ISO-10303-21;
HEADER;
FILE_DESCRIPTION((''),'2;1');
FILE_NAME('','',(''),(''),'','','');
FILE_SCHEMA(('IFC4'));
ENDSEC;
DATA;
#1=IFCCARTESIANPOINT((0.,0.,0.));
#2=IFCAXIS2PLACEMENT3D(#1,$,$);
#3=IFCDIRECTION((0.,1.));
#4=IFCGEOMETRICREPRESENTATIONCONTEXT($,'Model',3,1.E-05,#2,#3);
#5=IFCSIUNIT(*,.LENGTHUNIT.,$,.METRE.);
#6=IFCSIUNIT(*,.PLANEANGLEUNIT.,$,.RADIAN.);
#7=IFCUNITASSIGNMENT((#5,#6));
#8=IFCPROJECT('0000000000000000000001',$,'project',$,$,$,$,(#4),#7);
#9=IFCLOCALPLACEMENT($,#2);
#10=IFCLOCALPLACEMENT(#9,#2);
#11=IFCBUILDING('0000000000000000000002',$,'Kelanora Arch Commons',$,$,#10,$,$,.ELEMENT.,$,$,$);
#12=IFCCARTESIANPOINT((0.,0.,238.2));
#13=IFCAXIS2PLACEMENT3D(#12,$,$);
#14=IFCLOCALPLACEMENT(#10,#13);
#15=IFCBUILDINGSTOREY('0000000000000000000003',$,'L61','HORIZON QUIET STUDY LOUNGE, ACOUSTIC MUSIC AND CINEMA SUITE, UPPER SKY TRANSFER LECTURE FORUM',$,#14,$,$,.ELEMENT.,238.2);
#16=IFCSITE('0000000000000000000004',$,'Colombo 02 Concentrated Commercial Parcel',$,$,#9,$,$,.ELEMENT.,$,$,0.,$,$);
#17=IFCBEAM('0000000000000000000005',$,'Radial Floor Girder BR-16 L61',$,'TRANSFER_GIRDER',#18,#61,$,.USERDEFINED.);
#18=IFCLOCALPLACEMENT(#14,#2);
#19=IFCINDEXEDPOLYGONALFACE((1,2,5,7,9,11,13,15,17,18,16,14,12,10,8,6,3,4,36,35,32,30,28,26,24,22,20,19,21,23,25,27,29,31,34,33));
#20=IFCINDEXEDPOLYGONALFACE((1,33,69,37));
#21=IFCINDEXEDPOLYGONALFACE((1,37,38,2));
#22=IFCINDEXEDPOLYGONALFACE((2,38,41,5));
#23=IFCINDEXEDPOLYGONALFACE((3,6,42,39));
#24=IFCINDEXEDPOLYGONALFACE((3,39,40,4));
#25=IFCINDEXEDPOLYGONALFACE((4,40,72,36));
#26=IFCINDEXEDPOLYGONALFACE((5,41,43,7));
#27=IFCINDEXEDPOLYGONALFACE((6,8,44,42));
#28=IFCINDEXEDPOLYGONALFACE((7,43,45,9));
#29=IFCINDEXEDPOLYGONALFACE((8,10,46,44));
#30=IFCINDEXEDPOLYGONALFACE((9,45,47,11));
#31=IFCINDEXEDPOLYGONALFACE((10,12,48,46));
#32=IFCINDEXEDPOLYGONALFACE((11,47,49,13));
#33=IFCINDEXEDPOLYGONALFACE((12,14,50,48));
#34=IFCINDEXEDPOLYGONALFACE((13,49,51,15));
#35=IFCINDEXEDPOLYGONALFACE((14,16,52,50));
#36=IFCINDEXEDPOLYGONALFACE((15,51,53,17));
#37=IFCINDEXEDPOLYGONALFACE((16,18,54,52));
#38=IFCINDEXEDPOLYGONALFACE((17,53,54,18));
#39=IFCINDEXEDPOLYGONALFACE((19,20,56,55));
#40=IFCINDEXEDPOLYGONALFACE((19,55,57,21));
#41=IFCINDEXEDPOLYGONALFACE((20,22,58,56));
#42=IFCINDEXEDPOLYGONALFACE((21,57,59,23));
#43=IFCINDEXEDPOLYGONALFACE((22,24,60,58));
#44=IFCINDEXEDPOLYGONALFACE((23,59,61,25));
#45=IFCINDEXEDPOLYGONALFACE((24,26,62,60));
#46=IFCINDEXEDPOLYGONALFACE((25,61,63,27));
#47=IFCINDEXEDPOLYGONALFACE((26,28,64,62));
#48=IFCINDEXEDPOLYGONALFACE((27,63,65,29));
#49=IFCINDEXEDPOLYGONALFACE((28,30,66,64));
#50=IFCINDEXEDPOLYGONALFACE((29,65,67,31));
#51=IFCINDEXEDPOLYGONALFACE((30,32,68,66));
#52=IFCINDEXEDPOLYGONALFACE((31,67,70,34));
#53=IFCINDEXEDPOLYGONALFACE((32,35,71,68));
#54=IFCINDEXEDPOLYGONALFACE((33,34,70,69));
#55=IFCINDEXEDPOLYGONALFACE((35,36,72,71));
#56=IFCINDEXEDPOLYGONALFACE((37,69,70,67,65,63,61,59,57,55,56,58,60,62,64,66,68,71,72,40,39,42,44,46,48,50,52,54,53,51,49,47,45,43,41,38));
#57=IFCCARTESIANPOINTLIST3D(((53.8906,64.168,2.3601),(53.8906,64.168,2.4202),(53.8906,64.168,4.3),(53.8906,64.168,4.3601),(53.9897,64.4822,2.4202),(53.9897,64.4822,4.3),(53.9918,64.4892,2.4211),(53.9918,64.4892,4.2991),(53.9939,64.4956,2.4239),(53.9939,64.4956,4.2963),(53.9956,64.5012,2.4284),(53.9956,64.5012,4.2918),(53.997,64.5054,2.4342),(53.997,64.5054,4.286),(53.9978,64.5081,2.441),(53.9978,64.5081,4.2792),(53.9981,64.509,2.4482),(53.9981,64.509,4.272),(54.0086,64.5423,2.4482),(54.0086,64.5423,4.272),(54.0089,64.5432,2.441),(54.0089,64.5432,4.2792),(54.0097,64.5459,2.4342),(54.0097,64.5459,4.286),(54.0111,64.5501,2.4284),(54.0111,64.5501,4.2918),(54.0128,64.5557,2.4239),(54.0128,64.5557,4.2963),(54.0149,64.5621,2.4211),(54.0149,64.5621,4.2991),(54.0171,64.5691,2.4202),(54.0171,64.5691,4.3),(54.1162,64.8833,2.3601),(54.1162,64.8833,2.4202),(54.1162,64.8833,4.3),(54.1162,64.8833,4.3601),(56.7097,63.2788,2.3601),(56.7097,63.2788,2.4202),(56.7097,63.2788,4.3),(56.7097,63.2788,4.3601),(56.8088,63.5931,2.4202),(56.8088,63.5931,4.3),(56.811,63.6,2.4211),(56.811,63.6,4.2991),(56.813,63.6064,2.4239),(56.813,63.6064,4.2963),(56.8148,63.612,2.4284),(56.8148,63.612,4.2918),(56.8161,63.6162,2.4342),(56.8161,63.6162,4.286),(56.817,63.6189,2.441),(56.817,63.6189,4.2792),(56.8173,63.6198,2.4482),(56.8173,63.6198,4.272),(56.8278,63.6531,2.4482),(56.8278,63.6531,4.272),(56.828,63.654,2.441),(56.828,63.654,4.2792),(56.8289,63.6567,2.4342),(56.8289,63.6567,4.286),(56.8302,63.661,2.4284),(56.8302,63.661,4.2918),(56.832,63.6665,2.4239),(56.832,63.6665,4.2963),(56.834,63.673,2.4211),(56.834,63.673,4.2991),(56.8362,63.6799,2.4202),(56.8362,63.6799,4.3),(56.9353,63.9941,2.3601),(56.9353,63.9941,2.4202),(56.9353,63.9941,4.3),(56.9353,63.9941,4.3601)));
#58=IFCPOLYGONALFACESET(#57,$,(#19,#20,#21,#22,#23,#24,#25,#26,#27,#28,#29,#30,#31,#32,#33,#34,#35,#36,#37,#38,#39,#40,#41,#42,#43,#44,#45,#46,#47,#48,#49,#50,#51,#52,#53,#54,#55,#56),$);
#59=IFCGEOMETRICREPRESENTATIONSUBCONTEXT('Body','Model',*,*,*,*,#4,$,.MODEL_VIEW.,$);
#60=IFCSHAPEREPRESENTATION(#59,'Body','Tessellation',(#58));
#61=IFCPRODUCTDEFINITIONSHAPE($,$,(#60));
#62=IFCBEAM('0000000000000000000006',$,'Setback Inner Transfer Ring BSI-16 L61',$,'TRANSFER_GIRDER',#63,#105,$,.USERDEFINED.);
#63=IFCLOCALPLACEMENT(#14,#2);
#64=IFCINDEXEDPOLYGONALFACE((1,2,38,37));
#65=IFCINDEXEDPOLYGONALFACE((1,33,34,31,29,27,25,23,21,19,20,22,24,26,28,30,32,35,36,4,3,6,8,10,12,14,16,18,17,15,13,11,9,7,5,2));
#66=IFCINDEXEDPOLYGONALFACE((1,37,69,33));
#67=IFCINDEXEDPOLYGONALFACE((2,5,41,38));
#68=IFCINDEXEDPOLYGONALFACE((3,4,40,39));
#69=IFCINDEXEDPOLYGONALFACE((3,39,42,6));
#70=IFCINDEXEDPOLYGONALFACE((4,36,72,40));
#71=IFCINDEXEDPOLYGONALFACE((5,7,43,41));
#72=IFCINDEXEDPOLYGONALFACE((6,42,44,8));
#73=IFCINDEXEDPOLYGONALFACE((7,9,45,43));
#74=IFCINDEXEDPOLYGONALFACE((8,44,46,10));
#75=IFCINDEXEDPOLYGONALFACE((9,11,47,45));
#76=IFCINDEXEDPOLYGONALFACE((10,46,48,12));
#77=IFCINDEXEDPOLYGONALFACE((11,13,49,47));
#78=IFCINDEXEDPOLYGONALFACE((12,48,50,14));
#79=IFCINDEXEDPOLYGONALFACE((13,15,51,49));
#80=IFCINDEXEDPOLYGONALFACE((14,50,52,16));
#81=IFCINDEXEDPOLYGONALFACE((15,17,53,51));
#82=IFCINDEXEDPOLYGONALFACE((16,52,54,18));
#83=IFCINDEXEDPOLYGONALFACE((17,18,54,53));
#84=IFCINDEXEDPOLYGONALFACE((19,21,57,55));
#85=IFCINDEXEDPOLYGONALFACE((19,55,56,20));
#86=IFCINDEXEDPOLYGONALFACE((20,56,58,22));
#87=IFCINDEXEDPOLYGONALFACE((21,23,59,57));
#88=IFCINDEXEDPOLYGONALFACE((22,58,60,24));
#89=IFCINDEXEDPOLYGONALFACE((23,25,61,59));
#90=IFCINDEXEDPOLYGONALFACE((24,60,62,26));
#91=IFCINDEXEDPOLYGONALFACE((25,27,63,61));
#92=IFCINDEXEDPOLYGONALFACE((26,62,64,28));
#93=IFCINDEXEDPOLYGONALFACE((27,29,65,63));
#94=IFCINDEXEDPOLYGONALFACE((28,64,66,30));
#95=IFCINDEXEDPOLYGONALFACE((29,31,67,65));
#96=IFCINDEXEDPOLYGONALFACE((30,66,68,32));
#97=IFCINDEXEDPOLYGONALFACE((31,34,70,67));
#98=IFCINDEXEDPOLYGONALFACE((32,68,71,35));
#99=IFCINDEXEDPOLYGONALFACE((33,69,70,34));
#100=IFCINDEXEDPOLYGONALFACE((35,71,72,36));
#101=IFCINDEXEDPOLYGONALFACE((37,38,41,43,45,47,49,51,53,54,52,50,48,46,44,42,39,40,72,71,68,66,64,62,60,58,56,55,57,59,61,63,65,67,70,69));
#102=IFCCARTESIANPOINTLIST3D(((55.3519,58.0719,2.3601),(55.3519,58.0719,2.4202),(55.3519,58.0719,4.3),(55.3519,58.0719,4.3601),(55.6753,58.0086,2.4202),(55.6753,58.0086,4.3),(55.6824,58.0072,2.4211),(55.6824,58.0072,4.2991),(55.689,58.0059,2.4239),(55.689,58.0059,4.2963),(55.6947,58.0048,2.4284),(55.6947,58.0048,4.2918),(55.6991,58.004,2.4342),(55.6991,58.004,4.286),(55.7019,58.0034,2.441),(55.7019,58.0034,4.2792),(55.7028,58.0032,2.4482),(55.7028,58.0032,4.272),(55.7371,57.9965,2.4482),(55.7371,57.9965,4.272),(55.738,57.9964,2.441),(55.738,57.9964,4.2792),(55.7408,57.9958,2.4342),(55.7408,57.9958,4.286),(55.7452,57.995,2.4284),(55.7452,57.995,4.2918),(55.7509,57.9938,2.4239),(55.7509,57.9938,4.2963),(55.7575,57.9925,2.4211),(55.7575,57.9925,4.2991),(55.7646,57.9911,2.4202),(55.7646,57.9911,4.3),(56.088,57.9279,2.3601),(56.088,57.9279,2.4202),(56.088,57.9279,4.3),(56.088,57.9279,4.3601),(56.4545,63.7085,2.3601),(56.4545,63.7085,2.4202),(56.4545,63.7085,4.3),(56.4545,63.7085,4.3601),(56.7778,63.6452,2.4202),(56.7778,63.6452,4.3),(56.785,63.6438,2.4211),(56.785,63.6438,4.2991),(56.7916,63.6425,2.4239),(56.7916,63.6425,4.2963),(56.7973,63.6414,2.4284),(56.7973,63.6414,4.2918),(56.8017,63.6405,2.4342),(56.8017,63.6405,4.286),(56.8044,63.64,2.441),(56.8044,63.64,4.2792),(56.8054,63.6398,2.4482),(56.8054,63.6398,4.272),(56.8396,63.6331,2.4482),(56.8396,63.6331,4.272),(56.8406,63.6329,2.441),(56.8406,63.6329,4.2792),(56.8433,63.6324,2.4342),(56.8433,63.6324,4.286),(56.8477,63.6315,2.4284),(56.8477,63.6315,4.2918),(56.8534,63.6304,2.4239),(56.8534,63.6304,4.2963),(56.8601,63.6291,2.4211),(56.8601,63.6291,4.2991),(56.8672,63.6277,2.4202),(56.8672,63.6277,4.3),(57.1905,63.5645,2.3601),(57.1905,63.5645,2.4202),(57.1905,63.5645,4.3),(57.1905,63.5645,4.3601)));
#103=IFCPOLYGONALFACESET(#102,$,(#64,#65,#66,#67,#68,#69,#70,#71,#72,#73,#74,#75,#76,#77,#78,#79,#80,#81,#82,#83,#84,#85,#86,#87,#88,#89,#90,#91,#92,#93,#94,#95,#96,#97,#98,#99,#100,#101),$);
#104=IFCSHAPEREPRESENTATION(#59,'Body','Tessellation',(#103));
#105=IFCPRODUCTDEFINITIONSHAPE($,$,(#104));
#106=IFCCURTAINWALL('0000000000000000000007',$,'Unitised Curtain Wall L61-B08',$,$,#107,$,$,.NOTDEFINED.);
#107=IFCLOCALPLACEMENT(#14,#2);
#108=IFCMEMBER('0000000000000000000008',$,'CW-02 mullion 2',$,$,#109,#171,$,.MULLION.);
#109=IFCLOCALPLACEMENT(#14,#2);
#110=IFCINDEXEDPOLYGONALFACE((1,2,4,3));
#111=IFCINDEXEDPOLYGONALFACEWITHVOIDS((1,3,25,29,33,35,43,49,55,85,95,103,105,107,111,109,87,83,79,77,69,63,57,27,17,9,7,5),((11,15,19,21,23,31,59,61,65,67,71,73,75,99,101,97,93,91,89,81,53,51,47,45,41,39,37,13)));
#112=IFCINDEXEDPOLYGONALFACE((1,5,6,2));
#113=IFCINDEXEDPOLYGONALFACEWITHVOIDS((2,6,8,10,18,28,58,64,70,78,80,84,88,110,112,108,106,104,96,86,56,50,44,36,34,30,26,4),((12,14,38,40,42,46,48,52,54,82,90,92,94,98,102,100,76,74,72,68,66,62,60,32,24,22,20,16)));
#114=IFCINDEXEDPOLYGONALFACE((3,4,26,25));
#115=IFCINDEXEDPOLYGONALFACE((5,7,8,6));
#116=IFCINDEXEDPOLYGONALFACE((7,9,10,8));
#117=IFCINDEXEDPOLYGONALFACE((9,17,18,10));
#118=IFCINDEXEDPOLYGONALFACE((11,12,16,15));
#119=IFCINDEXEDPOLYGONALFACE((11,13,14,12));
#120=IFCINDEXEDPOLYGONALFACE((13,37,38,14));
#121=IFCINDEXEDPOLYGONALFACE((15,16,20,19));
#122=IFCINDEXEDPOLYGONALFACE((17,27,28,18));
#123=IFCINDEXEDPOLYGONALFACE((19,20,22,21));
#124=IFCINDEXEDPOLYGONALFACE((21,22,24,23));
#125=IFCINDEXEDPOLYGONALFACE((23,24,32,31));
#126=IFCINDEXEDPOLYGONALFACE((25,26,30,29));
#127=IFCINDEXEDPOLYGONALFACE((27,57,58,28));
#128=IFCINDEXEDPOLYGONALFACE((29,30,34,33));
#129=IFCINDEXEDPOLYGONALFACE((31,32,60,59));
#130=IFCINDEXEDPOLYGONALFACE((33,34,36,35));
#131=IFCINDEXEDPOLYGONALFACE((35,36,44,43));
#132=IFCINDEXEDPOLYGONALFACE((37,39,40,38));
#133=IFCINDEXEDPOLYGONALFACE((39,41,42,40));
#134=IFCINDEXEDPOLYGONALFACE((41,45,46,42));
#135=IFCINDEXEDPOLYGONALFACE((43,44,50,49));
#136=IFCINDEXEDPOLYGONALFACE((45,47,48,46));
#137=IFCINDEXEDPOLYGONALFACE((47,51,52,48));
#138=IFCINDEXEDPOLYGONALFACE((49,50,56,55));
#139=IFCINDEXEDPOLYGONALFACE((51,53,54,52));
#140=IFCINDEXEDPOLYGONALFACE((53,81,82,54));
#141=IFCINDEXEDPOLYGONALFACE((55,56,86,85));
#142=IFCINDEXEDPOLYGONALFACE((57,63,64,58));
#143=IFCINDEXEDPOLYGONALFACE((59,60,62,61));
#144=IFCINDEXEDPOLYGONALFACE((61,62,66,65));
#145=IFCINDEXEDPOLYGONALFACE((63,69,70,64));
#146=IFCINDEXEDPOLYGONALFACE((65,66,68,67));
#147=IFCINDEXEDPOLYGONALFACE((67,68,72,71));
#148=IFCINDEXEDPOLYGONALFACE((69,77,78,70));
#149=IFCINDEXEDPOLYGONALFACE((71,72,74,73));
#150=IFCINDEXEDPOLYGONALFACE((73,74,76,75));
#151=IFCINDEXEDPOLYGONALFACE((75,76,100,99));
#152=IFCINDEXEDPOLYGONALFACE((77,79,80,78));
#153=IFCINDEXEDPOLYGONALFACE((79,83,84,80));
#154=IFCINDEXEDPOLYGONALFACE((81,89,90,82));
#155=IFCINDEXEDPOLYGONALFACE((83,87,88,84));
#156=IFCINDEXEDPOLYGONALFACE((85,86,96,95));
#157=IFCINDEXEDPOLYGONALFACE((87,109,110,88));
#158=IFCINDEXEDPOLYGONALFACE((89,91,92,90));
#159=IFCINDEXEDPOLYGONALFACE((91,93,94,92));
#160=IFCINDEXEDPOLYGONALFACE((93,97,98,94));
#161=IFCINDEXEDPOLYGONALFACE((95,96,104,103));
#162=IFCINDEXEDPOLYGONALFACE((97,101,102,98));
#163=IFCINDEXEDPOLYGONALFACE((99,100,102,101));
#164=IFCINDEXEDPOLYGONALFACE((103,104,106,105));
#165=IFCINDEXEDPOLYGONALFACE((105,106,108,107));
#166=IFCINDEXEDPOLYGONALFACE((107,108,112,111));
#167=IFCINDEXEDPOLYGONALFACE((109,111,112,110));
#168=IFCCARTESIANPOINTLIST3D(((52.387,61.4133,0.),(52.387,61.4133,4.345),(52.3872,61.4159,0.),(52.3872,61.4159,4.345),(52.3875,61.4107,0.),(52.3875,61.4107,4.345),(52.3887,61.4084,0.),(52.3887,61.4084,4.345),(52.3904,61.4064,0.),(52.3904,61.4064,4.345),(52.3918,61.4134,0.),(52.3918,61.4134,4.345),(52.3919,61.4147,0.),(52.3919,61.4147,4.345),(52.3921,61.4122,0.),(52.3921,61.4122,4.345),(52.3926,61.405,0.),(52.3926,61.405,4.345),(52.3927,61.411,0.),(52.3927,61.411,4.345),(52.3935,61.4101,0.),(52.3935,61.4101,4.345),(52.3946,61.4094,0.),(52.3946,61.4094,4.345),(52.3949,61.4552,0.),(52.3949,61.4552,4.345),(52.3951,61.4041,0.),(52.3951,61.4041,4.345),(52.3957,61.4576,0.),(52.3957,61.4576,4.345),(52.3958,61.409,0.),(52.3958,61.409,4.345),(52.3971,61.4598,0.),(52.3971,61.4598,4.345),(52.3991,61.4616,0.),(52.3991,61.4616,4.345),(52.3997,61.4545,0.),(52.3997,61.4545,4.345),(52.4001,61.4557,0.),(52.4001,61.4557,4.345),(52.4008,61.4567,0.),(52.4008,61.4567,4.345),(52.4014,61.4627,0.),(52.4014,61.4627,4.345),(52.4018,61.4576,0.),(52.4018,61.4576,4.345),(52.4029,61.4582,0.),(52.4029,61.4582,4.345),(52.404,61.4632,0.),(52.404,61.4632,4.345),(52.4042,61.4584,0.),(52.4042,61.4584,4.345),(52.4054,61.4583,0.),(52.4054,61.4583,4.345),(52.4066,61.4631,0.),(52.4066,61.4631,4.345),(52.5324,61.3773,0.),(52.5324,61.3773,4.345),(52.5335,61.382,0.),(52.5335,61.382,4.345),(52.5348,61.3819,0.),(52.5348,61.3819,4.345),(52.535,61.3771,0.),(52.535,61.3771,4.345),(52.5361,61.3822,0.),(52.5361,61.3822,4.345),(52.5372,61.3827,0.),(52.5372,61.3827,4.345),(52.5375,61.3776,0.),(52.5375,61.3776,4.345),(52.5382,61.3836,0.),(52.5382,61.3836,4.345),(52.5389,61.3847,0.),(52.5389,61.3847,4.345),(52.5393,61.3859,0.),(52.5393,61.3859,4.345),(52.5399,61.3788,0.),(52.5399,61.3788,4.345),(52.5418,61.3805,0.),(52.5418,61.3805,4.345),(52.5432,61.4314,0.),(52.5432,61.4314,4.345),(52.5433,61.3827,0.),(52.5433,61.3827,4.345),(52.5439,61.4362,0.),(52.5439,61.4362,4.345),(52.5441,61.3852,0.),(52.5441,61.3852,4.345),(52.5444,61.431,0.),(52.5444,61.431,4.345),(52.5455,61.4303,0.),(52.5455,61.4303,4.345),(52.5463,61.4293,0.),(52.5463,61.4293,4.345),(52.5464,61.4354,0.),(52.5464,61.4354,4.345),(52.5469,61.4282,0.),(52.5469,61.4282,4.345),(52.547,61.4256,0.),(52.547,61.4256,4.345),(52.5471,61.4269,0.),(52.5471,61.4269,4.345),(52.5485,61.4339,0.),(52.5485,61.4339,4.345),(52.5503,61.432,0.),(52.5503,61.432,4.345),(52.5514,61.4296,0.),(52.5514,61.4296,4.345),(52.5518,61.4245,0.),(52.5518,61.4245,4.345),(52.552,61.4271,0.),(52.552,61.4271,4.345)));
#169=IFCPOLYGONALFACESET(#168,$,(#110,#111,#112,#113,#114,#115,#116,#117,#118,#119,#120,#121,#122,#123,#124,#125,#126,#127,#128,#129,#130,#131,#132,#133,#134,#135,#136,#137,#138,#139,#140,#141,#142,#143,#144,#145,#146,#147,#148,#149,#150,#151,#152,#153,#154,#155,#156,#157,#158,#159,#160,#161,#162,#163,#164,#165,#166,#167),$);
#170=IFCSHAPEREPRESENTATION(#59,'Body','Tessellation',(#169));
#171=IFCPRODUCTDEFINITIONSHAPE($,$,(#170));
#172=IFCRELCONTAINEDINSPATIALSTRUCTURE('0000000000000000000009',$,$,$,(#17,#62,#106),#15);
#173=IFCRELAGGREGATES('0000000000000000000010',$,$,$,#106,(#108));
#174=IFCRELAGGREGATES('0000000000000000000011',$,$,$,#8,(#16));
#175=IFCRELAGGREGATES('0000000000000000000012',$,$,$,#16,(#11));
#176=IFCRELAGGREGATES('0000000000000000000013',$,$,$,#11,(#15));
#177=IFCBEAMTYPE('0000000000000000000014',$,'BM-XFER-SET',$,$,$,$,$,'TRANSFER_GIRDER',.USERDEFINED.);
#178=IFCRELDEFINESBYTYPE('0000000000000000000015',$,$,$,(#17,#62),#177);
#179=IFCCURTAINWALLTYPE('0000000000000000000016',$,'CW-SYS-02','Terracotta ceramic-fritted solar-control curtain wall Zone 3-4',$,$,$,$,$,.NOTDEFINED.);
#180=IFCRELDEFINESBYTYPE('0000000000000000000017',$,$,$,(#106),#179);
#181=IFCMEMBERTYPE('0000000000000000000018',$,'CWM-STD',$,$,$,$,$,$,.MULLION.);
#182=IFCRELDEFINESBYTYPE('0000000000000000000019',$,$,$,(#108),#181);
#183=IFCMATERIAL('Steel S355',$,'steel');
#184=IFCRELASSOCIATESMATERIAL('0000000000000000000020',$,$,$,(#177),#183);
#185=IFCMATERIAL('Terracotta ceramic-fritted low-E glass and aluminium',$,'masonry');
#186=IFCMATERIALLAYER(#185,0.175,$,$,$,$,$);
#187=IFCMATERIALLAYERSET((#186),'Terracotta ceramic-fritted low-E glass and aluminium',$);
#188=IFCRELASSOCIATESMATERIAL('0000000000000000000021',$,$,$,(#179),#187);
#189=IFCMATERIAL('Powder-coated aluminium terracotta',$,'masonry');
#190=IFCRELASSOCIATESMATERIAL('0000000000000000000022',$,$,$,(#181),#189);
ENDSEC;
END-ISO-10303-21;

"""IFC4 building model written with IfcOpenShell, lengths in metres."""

from ifc_helpers import new_model, si_unit, direction, frame, origin, origin_2d, place, context, subcontext, project, spatial, hollow_rectangle, i_section, extrude, material, layer, layer_set, material_profile, profile_set, type_object, element, aggregate, save


model = new_model("IFC4")

# Units and contexts
model_context = context("Model", 3, precision=1e-05, world=origin(), true_north=direction((0.0, 1.0)))
body_context = subcontext(model_context, "Body", "Model", "MODEL_VIEW")
ifc_project = project(units=[si_unit("LENGTHUNIT", "METRE"), si_unit("PLANEANGLEUNIT", "RADIAN")], contexts=[model_context])

# Site, building, storey
site_placement = place(None, origin())
site = spatial("IfcSite", under=ifc_project, at=site_placement, Name="Colombo 02 Concentrated Commercial Parcel", CompositionType="ELEMENT", RefElevation=0.0)
building_placement = place(site_placement, origin())
building = spatial("IfcBuilding", under=site, at=building_placement, Name="Kelanora Arch Commons", CompositionType="ELEMENT")
storey_placement = place(building_placement, frame((0.0, 0.0, 238.2)))
storey = spatial("IfcBuildingStorey", under=building, at=storey_placement, Name="L61", Description="HORIZON QUIET STUDY LOUNGE, ACOUSTIC MUSIC AND CINEMA SUITE, UPPER SKY TRANSFER LECTURE FORUM", CompositionType="ELEMENT", Elevation=238.2)

# Beams
ifc_material_1 = material(Name="Steel S355", Category="steel")
ifc_material_profile_1 = material_profile(ifc_material_1, i_section(OverallWidth=0.75, OverallDepth=2.0, WebThickness=0.0349, FlangeThickness=0.0601, FilletRadius=0.0281, at=origin_2d()), Name="PG2000x750")
ifc_profile_set_1 = profile_set([ifc_material_profile_1], Name="Steel S355")
beam_type_1 = type_object("IfcBeamType", Name="BM-XFER-SET", ElementType="TRANSFER_GIRDER", PredefinedType="USERDEFINED", material=ifc_profile_set_1)
beam_1_placement = place(storey_placement, frame((56.8225, 63.6365, 3.3601), z_axis=(-0.953687, 0.300799, 0.0), x_axis=(-0.300799, -0.953687, 0.0)))
element("IfcBeam", 1, at=beam_1_placement, inside=storey, type_object=beam_type_1, Name="Radial Floor Girder BR-16 L61", ObjectType="TRANSFER_GIRDER", PredefinedType="USERDEFINED", context=body_context, shape_type="SweptSolid", body=[
    extrude(i_section(OverallWidth=0.75, OverallDepth=2.0, WebThickness=0.0349, FlangeThickness=0.0601, FilletRadius=0.0281, at=origin_2d()), origin(), (0.0, 0.0, 1.0), 2.9561),
])
beam_2_placement = place(storey_placement, frame((56.8225, 63.6365, 3.3601), z_axis=(-0.19197, -0.981401, 0.0), x_axis=(0.981401, -0.19197, 0.0)))
element("IfcBeam", 2, at=beam_2_placement, inside=storey, type_object=beam_type_1, Name="Setback Inner Transfer Ring BSI-16 L61", ObjectType="TRANSFER_GIRDER", PredefinedType="USERDEFINED", context=body_context, shape_type="SweptSolid", body=[
    extrude(i_section(OverallWidth=0.75, OverallDepth=2.0, WebThickness=0.0349, FlangeThickness=0.0601, FilletRadius=0.0281, at=origin_2d()), origin(), (0.0, 0.0, 1.0), 5.7434),
])

# Curtain wall, member
ifc_material_2 = material(Name="Terracotta ceramic-fritted low-E glass and aluminium", Category="masonry")
ifc_layer_1 = layer(ifc_material_2, 0.175)
ifc_layer_set_1 = layer_set([ifc_layer_1], Name="Terracotta ceramic-fritted low-E glass and aluminium")
curtain_wall_type = type_object("IfcCurtainWallType", Name="CW-SYS-02", Description="Terracotta ceramic-fritted solar-control curtain wall Zone 3-4", PredefinedType="NOTDEFINED", material=ifc_layer_set_1)
curtain_wall_placement = place(storey_placement, origin())
curtain_wall = element("IfcCurtainWall", 3, at=curtain_wall_placement, inside=storey, type_object=curtain_wall_type, Name="Unitised Curtain Wall L61-B08", PredefinedType="NOTDEFINED")
ifc_material_3 = material(Name="Powder-coated aluminium terracotta", Category="masonry")
ifc_material_profile_2 = material_profile(ifc_material_3, hollow_rectangle(XDim=0.1599, YDim=0.0601, WallThickness=0.0049, InnerFilletRadius=0.0049, OuterFilletRadius=0.01, at=origin_2d()), Name="CWM160x60")
ifc_profile_set_2 = profile_set([ifc_material_profile_2], Name="Powder-coated aluminium terracotta")
member_type_1 = type_object("IfcMemberType", Name="CWM-STD", PredefinedType="MULLION", material=ifc_profile_set_2)
member_1_placement = place(storey_placement, frame((52.4695, 61.4202, 0.0), z_axis=(0.0, 0.0, 1.0), x_axis=(0.981381, -0.192069, 0.0)))
member_1 = element("IfcMember", 4, at=member_1_placement, type_object=member_type_1, Name="CW-02 mullion 2", PredefinedType="MULLION", context=body_context, shape_type="SweptSolid", body=[
    extrude(hollow_rectangle(XDim=0.1599, YDim=0.0601, WallThickness=0.0049, InnerFilletRadius=0.0049, OuterFilletRadius=0.01, at=origin_2d()), origin(), (0.0, 0.0, 1.0), 4.345),
])
aggregate(curtain_wall, [member_1])

save(model, "model.ifc")
